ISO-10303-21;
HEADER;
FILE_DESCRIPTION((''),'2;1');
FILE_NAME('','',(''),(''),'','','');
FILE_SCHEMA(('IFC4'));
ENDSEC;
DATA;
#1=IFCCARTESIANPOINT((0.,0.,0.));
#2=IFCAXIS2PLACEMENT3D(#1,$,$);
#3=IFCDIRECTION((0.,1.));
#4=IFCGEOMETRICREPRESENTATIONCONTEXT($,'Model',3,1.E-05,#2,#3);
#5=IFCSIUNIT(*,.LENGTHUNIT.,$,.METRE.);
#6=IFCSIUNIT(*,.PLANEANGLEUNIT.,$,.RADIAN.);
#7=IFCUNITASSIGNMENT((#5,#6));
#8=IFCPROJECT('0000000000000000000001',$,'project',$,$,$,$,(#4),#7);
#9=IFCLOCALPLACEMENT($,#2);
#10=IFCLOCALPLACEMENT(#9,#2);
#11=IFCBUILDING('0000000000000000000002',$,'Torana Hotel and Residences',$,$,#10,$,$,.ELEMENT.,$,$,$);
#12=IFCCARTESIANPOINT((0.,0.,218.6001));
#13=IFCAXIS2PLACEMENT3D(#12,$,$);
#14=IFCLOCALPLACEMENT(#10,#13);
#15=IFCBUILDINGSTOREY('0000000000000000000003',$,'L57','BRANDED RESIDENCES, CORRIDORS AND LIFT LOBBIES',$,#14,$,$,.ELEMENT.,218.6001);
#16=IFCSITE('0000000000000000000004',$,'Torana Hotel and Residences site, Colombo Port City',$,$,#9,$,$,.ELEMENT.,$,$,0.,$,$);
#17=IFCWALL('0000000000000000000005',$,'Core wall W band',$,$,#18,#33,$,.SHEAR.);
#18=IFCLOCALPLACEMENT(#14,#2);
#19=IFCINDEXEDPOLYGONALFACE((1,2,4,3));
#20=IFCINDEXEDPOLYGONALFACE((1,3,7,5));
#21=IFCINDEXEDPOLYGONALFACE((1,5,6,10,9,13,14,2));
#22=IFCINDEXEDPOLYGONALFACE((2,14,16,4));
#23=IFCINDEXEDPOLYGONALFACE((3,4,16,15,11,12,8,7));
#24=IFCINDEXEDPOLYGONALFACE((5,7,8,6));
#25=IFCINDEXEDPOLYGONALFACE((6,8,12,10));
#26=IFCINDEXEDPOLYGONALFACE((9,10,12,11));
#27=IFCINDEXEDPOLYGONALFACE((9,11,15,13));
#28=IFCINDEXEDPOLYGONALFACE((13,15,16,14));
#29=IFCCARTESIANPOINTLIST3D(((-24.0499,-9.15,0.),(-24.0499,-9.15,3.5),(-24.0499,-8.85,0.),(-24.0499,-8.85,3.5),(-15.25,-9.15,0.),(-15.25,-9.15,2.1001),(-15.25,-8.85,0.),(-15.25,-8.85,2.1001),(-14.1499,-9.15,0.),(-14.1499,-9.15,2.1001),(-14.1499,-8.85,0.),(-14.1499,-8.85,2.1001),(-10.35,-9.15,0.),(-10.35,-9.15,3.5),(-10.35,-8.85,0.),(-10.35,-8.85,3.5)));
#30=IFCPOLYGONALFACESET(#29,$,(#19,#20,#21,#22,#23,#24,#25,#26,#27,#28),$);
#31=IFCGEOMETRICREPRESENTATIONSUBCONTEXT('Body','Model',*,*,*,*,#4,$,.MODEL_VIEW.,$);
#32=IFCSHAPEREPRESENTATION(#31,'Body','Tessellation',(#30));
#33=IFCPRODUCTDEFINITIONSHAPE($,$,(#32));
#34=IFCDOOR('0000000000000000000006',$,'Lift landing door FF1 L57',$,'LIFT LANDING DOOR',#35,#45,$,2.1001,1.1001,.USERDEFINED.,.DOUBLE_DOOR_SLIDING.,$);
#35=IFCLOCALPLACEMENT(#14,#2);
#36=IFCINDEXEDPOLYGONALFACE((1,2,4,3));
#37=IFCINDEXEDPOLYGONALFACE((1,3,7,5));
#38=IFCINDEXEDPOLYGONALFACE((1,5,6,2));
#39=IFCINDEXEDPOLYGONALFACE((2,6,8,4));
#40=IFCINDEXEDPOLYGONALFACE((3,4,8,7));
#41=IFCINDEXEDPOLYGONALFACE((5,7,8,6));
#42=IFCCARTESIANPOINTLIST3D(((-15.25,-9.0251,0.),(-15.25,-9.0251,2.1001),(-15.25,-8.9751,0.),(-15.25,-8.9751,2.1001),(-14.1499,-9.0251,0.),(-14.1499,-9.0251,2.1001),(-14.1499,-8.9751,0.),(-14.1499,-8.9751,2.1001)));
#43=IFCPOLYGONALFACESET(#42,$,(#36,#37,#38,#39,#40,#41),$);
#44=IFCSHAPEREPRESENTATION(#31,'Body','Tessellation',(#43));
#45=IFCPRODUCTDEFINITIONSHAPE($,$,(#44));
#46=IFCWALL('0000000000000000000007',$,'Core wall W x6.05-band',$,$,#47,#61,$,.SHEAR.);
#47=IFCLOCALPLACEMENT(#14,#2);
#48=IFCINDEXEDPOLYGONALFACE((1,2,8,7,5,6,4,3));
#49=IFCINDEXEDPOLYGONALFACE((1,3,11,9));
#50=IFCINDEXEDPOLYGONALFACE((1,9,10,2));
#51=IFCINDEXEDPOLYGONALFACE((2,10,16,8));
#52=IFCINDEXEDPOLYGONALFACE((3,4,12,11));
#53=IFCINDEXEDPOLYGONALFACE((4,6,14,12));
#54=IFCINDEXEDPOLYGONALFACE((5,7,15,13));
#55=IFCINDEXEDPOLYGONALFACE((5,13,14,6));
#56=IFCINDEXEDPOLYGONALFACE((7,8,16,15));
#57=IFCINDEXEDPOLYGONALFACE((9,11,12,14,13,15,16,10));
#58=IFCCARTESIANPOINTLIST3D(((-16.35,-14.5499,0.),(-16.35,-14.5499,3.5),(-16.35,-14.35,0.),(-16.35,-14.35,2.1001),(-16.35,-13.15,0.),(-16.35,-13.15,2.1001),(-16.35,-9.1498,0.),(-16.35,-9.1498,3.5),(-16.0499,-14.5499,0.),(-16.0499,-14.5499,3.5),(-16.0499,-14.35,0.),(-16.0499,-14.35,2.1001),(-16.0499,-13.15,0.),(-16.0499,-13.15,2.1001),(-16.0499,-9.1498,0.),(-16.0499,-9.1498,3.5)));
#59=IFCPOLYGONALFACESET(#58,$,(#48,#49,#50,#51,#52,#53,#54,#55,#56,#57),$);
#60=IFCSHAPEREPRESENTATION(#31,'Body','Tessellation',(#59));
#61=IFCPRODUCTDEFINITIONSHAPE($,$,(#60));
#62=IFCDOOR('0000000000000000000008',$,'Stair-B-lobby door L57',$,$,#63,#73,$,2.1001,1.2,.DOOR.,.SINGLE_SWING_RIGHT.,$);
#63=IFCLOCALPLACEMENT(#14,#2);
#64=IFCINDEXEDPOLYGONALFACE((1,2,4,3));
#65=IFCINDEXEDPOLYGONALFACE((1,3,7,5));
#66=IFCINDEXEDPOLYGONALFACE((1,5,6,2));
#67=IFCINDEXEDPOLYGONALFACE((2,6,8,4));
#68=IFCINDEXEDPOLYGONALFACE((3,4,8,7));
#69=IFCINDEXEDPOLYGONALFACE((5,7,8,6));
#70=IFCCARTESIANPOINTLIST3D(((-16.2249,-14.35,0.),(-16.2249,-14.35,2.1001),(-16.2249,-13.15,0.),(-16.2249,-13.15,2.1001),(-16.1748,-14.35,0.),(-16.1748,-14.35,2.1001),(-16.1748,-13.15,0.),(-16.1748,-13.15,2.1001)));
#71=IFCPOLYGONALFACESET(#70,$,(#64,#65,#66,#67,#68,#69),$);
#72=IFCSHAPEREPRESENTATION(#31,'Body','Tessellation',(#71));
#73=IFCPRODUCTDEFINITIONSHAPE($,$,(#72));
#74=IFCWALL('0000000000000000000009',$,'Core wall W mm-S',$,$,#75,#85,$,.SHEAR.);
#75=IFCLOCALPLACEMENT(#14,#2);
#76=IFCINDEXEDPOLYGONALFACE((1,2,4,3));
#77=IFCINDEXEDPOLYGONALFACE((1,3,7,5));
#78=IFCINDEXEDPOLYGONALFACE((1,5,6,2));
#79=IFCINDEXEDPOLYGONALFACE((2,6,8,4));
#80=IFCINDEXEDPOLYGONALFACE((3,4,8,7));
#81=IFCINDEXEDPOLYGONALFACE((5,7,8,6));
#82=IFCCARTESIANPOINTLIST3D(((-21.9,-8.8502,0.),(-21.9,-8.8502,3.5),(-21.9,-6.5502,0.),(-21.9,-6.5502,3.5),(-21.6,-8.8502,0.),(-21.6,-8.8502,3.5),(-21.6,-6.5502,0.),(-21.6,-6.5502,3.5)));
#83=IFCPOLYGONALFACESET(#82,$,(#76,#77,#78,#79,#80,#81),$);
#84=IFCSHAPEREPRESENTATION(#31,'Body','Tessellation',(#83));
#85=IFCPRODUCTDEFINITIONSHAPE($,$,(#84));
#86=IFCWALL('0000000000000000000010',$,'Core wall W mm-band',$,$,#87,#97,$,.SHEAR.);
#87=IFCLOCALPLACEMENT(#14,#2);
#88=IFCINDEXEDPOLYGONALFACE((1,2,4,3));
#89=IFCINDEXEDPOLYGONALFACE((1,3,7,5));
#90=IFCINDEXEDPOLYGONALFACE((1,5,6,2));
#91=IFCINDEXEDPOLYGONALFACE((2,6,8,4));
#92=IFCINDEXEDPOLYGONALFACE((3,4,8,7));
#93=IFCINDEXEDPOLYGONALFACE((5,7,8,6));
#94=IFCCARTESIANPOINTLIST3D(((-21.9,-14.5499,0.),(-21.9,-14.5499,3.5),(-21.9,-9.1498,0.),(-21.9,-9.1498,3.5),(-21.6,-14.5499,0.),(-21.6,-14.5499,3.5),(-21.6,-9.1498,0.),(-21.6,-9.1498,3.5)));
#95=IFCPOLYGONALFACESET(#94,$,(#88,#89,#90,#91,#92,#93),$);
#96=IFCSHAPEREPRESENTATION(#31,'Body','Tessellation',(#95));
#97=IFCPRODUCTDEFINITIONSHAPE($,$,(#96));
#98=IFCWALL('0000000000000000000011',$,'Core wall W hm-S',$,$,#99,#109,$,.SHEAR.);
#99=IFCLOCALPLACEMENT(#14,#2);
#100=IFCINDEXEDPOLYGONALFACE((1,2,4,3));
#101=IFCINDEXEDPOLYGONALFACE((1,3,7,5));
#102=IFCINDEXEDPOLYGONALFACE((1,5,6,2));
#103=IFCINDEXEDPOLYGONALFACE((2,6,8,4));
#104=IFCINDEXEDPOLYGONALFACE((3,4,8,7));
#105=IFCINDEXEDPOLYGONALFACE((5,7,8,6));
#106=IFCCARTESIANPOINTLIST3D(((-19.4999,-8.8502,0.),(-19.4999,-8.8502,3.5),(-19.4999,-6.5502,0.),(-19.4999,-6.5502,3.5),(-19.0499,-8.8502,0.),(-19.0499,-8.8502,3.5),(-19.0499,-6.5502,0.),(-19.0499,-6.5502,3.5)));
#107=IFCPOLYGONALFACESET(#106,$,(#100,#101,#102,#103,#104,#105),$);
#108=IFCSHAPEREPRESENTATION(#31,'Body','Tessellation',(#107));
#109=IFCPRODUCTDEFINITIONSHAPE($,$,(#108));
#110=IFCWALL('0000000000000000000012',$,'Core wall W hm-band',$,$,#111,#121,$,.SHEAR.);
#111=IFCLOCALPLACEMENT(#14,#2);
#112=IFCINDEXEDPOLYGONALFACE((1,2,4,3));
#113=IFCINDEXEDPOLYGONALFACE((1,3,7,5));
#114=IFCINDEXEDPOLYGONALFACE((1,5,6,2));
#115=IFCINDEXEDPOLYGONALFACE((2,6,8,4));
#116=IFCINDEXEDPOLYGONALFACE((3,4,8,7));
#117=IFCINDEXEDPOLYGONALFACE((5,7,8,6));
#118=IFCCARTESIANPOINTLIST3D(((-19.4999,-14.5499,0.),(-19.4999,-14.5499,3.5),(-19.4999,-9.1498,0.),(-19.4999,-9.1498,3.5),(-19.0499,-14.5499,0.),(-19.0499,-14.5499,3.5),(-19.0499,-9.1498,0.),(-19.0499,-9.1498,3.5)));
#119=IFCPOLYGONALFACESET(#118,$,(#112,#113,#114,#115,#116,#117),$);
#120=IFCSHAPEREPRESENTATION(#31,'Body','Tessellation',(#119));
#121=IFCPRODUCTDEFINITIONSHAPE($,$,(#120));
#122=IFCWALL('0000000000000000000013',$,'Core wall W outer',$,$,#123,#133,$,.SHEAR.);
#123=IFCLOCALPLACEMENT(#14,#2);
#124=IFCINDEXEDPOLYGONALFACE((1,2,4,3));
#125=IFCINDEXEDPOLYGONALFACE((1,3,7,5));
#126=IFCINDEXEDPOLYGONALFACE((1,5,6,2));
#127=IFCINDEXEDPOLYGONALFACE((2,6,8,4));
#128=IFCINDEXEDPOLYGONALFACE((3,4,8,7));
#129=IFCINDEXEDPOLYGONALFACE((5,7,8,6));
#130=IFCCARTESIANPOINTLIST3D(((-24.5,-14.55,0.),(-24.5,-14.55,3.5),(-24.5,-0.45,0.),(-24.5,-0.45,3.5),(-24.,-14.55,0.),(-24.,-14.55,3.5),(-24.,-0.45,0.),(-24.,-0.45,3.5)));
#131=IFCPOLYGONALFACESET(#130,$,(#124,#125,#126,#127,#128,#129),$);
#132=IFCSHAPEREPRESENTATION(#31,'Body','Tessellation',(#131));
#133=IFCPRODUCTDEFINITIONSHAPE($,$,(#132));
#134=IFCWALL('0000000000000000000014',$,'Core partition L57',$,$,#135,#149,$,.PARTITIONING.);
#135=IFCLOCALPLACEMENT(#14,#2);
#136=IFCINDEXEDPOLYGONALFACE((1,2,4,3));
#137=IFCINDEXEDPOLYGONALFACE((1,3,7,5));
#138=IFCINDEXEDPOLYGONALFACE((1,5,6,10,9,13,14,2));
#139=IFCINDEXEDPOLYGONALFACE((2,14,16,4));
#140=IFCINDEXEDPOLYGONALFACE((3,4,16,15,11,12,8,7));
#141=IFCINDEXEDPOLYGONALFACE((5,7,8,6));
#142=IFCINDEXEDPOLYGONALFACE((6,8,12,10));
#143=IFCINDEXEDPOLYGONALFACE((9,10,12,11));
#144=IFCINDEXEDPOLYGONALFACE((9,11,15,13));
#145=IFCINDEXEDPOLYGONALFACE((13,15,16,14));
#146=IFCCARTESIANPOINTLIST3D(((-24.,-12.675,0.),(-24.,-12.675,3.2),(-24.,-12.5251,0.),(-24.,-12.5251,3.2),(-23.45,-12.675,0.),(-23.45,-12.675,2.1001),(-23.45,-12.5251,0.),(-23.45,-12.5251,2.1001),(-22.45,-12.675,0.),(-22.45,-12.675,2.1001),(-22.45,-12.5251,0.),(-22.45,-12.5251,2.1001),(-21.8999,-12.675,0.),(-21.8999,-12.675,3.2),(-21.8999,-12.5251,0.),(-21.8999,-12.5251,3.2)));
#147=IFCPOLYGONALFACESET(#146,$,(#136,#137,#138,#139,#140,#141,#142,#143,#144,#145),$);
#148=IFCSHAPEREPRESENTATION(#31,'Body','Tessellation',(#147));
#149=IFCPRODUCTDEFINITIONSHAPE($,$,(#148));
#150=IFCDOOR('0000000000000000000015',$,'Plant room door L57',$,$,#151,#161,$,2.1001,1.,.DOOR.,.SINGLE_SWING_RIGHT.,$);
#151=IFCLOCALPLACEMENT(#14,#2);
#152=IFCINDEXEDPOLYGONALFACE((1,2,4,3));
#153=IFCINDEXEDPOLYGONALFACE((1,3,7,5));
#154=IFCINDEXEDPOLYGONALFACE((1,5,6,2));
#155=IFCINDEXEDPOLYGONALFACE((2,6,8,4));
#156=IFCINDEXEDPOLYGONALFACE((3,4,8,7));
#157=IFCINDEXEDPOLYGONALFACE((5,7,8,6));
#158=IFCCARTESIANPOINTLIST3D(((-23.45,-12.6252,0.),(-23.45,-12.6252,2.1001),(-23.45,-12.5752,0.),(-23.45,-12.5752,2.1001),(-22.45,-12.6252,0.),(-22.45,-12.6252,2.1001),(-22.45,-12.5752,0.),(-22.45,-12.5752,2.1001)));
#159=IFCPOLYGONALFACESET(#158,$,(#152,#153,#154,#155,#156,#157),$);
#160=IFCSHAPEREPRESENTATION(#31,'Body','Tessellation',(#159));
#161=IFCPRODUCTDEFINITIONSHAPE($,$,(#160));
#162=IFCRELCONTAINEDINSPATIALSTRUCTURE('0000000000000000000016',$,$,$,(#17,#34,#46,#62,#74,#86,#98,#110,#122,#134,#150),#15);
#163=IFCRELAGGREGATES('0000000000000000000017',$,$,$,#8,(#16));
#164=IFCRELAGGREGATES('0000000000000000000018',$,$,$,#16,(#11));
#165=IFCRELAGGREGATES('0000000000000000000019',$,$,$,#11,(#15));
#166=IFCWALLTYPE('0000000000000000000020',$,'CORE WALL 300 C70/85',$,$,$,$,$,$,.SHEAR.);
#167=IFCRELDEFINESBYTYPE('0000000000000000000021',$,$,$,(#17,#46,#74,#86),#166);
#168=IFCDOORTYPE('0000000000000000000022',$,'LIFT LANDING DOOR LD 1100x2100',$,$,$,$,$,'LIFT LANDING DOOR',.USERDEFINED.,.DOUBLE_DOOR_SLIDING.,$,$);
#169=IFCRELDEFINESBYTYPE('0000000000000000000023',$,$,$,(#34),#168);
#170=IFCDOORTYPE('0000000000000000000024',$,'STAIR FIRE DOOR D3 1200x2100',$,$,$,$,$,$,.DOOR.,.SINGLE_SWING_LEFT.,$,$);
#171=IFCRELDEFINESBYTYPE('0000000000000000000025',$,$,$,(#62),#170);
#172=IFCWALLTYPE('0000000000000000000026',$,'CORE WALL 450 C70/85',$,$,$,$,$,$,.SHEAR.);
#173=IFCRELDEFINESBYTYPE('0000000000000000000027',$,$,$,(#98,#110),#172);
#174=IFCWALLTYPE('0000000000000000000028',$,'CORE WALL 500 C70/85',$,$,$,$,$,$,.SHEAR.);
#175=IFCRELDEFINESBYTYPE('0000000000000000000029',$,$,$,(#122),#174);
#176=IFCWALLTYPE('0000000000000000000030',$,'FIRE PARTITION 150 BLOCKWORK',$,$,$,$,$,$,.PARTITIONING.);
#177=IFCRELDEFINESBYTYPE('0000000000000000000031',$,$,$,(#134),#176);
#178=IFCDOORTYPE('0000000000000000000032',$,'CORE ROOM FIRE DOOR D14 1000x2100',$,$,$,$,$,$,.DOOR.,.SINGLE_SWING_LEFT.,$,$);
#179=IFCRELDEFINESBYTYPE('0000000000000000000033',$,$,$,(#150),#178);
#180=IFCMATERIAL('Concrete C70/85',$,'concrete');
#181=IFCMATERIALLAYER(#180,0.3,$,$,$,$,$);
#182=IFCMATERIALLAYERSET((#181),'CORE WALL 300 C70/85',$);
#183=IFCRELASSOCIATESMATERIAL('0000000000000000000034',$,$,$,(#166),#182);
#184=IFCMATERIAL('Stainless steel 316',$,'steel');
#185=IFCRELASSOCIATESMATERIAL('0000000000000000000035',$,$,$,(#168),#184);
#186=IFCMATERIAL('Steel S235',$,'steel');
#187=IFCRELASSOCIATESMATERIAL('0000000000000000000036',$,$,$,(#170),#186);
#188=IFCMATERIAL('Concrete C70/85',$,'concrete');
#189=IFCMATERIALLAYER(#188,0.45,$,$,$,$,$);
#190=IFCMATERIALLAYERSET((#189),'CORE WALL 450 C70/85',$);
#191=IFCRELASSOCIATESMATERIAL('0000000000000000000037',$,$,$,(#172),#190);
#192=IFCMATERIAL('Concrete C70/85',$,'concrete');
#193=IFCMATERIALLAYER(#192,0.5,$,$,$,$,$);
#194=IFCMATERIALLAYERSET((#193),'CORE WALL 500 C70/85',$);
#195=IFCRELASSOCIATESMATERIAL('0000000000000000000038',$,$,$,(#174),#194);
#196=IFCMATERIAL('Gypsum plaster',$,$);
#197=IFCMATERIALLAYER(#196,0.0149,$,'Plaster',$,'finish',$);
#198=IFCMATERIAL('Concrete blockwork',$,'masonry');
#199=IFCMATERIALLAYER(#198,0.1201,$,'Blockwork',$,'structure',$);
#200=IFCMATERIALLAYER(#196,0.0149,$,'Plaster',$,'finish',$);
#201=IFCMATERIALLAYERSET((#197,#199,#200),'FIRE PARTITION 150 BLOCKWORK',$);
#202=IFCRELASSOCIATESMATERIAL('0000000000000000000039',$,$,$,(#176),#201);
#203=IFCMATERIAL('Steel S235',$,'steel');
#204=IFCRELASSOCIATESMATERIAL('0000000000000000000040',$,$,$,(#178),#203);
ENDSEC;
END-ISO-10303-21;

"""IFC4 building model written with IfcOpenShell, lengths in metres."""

from ifc_helpers import new_model, si_unit, direction, frame, frame_2d, origin, place, context, subcontext, project, spatial, rectangle, extrude, material, layer, layer_set, type_object, element, fill, save


model = new_model("IFC4")

# Units and contexts
model_context = context("Model", 3, precision=1e-05, world=origin(), true_north=direction((0.0, 1.0)))
body_context = subcontext(model_context, "Body", "Model", "MODEL_VIEW")
ifc_project = project(units=[si_unit("LENGTHUNIT", "METRE"), si_unit("PLANEANGLEUNIT", "RADIAN")], contexts=[model_context])

# Site, building, storey
site_placement = place(None, origin())
site = spatial("IfcSite", under=ifc_project, at=site_placement, Name="Torana Hotel and Residences site, Colombo Port City", CompositionType="ELEMENT", RefElevation=0.0)
building_placement = place(site_placement, origin())
building = spatial("IfcBuilding", under=site, at=building_placement, Name="Torana Hotel and Residences", CompositionType="ELEMENT")
storey_placement = place(building_placement, frame((0.0, 0.0, 218.6001)))
storey = spatial("IfcBuildingStorey", under=building, at=storey_placement, Name="L57", Description="BRANDED RESIDENCES, CORRIDORS AND LIFT LOBBIES", CompositionType="ELEMENT", Elevation=218.6001)

# Walls, openings, doors
ifc_material_1 = material(Name="Concrete C70/85", Category="concrete")
ifc_layer_1 = layer(ifc_material_1, 0.3)
ifc_layer_set_1 = layer_set([ifc_layer_1], Name="CORE WALL 300 C70/85")
wall_type_1 = type_object("IfcWallType", Name="CORE WALL 300 C70/85", PredefinedType="SHEAR", material=ifc_layer_set_1)
wall_1_placement = place(storey_placement, frame((-24.05, -9.0, 0.0), z_axis=(0.0, 0.0, 1.0), x_axis=(1.0, 0.0, 0.0)))
wall_1 = element("IfcWall", 1, at=wall_1_placement, inside=storey, type_object=wall_type_1, Name="Core wall W band", PredefinedType="SHEAR", context=body_context, shape_type="SweptSolid", body=[
    extrude(rectangle(XDim=13.7, YDim=0.3, at=frame_2d((6.8501, 0.0))), origin(), (0.0, 0.0, 1.0), 3.5),
])
opening_1_placement = place(wall_1_placement, frame((8.8, 0.0, 0.0)))
opening_1 = element("IfcOpeningElement", 2, at=opening_1_placement, cuts=wall_1, PredefinedType="OPENING", context=body_context, shape_type="SweptSolid", body=[
    extrude(rectangle(XDim=1.1001, YDim=2.1001, at=frame_2d((0.55, 1.05))), frame((0.0, 0.1599, 0.0), z_axis=(0.0, -1.0, 0.0), x_axis=(1.0, 0.0, 0.0)), (0.0, 0.0, 1.0), 0.3201),
])
ifc_material_2 = material(Name="Stainless steel 316", Category="steel")
door_type_1 = type_object("IfcDoorType", Name="LIFT LANDING DOOR LD 1100x2100", ElementType="LIFT LANDING DOOR", OperationType="DOUBLE_DOOR_SLIDING", PredefinedType="USERDEFINED", material=ifc_material_2)
door_1_placement = place(opening_1_placement, origin())
door_1 = element("IfcDoor", 3, at=door_1_placement, inside=storey, type_object=door_type_1, Name="Lift landing door FF1 L57", ObjectType="LIFT LANDING DOOR", OperationType="DOUBLE_DOOR_SLIDING", OverallHeight=2.1001, OverallWidth=1.1001, PredefinedType="USERDEFINED", context=body_context, shape_type="SweptSolid", body=[
    extrude(rectangle(XDim=1.1001, YDim=2.1001, at=frame_2d((0.55, 1.05))), frame((0.0, 0.0249, 0.0), z_axis=(0.0, -1.0, 0.0), x_axis=(1.0, 0.0, 0.0)), (0.0, 0.0, 1.0), 0.05),
])
fill(opening_1, door_1)
wall_2_placement = place(storey_placement, frame((-16.2, -14.55, 0.0), z_axis=(0.0, 0.0, 1.0), x_axis=(0.0, 1.0, 0.0)))
wall_2 = element("IfcWall", 4, at=wall_2_placement, inside=storey, type_object=wall_type_1, Name="Core wall W x6.05-band", PredefinedType="SHEAR", context=body_context, shape_type="SweptSolid", body=[
    extrude(rectangle(XDim=5.4001, YDim=0.3, at=frame_2d((2.7002, 0.0))), origin(), (0.0, 0.0, 1.0), 3.5),
])
opening_2_placement = place(wall_2_placement, frame((0.2, 0.0, 0.0)))
opening_2 = element("IfcOpeningElement", 5, at=opening_2_placement, cuts=wall_2, PredefinedType="OPENING", context=body_context, shape_type="SweptSolid", body=[
    extrude(rectangle(XDim=1.2, YDim=2.1001, at=frame_2d((0.6001, 1.05))), frame((0.0, 0.1599, 0.0), z_axis=(0.0, -1.0, 0.0), x_axis=(1.0, 0.0, 0.0)), (0.0, 0.0, 1.0), 0.3201),
])
ifc_material_3 = material(Name="Steel S235", Category="steel")
door_type_2 = type_object("IfcDoorType", Name="STAIR FIRE DOOR D3 1200x2100", OperationType="SINGLE_SWING_LEFT", PredefinedType="DOOR", material=ifc_material_3)
door_2_placement = place(opening_2_placement, origin())
door_2 = element("IfcDoor", 6, at=door_2_placement, inside=storey, type_object=door_type_2, Name="Stair-B-lobby door L57", OperationType="SINGLE_SWING_RIGHT", OverallHeight=2.1001, OverallWidth=1.2, PredefinedType="DOOR", context=body_context, shape_type="SweptSolid", body=[
    extrude(rectangle(XDim=1.2, YDim=2.1001, at=frame_2d((0.6001, 1.05))), frame((0.0, 0.0249, 0.0), z_axis=(0.0, -1.0, 0.0), x_axis=(1.0, 0.0, 0.0)), (0.0, 0.0, 1.0), 0.05),
])
fill(opening_2, door_2)

# Walls
wall_3_placement = place(storey_placement, frame((-21.75, -8.8501, 0.0), z_axis=(0.0, 0.0, 1.0), x_axis=(0.0, 1.0, 0.0)))
element("IfcWall", 7, at=wall_3_placement, inside=storey, type_object=wall_type_1, Name="Core wall W mm-S", PredefinedType="SHEAR", context=body_context, shape_type="SweptSolid", body=[
    extrude(rectangle(XDim=2.3, YDim=0.3, at=frame_2d((1.1499, 0.0))), origin(), (0.0, 0.0, 1.0), 3.5),
])
wall_4_placement = place(storey_placement, frame((-21.75, -14.55, 0.0), z_axis=(0.0, 0.0, 1.0), x_axis=(0.0, 1.0, 0.0)))
element("IfcWall", 8, at=wall_4_placement, inside=storey, type_object=wall_type_1, Name="Core wall W mm-band", PredefinedType="SHEAR", context=body_context, shape_type="SweptSolid", body=[
    extrude(rectangle(XDim=5.4001, YDim=0.3, at=frame_2d((2.7002, 0.0))), origin(), (0.0, 0.0, 1.0), 3.5),
])
ifc_material_4 = material(Name="Concrete C70/85", Category="concrete")
ifc_layer_2 = layer(ifc_material_4, 0.45)
ifc_layer_set_2 = layer_set([ifc_layer_2], Name="CORE WALL 450 C70/85")
wall_type_2 = type_object("IfcWallType", Name="CORE WALL 450 C70/85", PredefinedType="SHEAR", material=ifc_layer_set_2)
wall_5_placement = place(storey_placement, frame((-19.2749, -8.8501, 0.0), z_axis=(0.0, 0.0, 1.0), x_axis=(0.0, 1.0, 0.0)))
element("IfcWall", 9, at=wall_5_placement, inside=storey, type_object=wall_type_2, Name="Core wall W hm-S", PredefinedType="SHEAR", context=body_context, shape_type="SweptSolid", body=[
    extrude(rectangle(XDim=2.3, YDim=0.45, at=frame_2d((1.1499, 0.0))), origin(), (0.0, 0.0, 1.0), 3.5),
])
wall_6_placement = place(storey_placement, frame((-19.2749, -14.55, 0.0), z_axis=(0.0, 0.0, 1.0), x_axis=(0.0, 1.0, 0.0)))
element("IfcWall", 10, at=wall_6_placement, inside=storey, type_object=wall_type_2, Name="Core wall W hm-band", PredefinedType="SHEAR", context=body_context, shape_type="SweptSolid", body=[
    extrude(rectangle(XDim=5.4001, YDim=0.45, at=frame_2d((2.7002, 0.0))), origin(), (0.0, 0.0, 1.0), 3.5),
])
ifc_material_5 = material(Name="Concrete C70/85", Category="concrete")
ifc_layer_3 = layer(ifc_material_5, 0.5)
ifc_layer_set_3 = layer_set([ifc_layer_3], Name="CORE WALL 500 C70/85")
wall_type_3 = type_object("IfcWallType", Name="CORE WALL 500 C70/85", PredefinedType="SHEAR", material=ifc_layer_set_3)
wall_7_placement = place(storey_placement, frame((-24.25, -14.55, 0.0), z_axis=(0.0, 0.0, 1.0), x_axis=(0.0, 1.0, 0.0)))
element("IfcWall", 11, at=wall_7_placement, inside=storey, type_object=wall_type_3, Name="Core wall W outer", PredefinedType="SHEAR", context=body_context, shape_type="SweptSolid", body=[
    extrude(rectangle(XDim=14.1001, YDim=0.5, at=frame_2d((7.05, 0.0))), origin(), (0.0, 0.0, 1.0), 3.5),
])

# Wall, opening, door
ifc_material_6 = material(Name="Gypsum plaster")
ifc_layer_4 = layer(ifc_material_6, 0.0149, Name="Plaster", Category="finish")
ifc_material_7 = material(Name="Concrete blockwork", Category="masonry")
ifc_layer_5 = layer(ifc_material_7, 0.1201, Name="Blockwork", Category="structure")
ifc_layer_6 = layer(ifc_material_6, 0.0149, Name="Plaster", Category="finish")
ifc_layer_set_4 = layer_set([ifc_layer_4, ifc_layer_5, ifc_layer_6], Name="FIRE PARTITION 150 BLOCKWORK")
wall_type_4 = type_object("IfcWallType", Name="FIRE PARTITION 150 BLOCKWORK", PredefinedType="PARTITIONING", material=ifc_layer_set_4)
wall_8_placement = place(storey_placement, frame((-24.0, -12.6001, 0.0), z_axis=(0.0, 0.0, 1.0), x_axis=(1.0, 0.0, 0.0)))
wall_8 = element("IfcWall", 12, at=wall_8_placement, inside=storey, type_object=wall_type_4, Name="Core partition L57", PredefinedType="PARTITIONING", context=body_context, shape_type="SweptSolid", body=[
    extrude(rectangle(XDim=2.1001, YDim=0.1499, at=frame_2d((1.05, 0.0))), origin(), (0.0, 0.0, 1.0), 3.2),
])
opening_3_placement = place(wall_8_placement, frame((0.55, 0.0, 0.0)))
opening_3 = element("IfcOpeningElement", 13, at=opening_3_placement, cuts=wall_8, PredefinedType="OPENING", context=body_context, shape_type="SweptSolid", body=[
    extrude(rectangle(XDim=1.0, YDim=2.1001, at=frame_2d((0.5, 1.05))), frame((0.0, 0.085, 0.0), z_axis=(0.0, -1.0, 0.0), x_axis=(1.0, 0.0, 0.0)), (0.0, 0.0, 1.0), 0.1699),
])
ifc_material_8 = material(Name="Steel S235", Category="steel")
door_type_3 = type_object("IfcDoorType", Name="CORE ROOM FIRE DOOR D14 1000x2100", OperationType="SINGLE_SWING_LEFT", PredefinedType="DOOR", material=ifc_material_8)
door_3_placement = place(opening_3_placement, origin())
door_3 = element("IfcDoor", 14, at=door_3_placement, inside=storey, type_object=door_type_3, Name="Plant room door L57", OperationType="SINGLE_SWING_RIGHT", OverallHeight=2.1001, OverallWidth=1.0, PredefinedType="DOOR", context=body_context, shape_type="SweptSolid", body=[
    extrude(rectangle(XDim=1.0, YDim=2.1001, at=frame_2d((0.5, 1.05))), frame((0.0, 0.0249, 0.0), z_axis=(0.0, -1.0, 0.0), x_axis=(1.0, 0.0, 0.0)), (0.0, 0.0, 1.0), 0.05),
])
fill(opening_3, door_3)

save(model, "model.ifc")
